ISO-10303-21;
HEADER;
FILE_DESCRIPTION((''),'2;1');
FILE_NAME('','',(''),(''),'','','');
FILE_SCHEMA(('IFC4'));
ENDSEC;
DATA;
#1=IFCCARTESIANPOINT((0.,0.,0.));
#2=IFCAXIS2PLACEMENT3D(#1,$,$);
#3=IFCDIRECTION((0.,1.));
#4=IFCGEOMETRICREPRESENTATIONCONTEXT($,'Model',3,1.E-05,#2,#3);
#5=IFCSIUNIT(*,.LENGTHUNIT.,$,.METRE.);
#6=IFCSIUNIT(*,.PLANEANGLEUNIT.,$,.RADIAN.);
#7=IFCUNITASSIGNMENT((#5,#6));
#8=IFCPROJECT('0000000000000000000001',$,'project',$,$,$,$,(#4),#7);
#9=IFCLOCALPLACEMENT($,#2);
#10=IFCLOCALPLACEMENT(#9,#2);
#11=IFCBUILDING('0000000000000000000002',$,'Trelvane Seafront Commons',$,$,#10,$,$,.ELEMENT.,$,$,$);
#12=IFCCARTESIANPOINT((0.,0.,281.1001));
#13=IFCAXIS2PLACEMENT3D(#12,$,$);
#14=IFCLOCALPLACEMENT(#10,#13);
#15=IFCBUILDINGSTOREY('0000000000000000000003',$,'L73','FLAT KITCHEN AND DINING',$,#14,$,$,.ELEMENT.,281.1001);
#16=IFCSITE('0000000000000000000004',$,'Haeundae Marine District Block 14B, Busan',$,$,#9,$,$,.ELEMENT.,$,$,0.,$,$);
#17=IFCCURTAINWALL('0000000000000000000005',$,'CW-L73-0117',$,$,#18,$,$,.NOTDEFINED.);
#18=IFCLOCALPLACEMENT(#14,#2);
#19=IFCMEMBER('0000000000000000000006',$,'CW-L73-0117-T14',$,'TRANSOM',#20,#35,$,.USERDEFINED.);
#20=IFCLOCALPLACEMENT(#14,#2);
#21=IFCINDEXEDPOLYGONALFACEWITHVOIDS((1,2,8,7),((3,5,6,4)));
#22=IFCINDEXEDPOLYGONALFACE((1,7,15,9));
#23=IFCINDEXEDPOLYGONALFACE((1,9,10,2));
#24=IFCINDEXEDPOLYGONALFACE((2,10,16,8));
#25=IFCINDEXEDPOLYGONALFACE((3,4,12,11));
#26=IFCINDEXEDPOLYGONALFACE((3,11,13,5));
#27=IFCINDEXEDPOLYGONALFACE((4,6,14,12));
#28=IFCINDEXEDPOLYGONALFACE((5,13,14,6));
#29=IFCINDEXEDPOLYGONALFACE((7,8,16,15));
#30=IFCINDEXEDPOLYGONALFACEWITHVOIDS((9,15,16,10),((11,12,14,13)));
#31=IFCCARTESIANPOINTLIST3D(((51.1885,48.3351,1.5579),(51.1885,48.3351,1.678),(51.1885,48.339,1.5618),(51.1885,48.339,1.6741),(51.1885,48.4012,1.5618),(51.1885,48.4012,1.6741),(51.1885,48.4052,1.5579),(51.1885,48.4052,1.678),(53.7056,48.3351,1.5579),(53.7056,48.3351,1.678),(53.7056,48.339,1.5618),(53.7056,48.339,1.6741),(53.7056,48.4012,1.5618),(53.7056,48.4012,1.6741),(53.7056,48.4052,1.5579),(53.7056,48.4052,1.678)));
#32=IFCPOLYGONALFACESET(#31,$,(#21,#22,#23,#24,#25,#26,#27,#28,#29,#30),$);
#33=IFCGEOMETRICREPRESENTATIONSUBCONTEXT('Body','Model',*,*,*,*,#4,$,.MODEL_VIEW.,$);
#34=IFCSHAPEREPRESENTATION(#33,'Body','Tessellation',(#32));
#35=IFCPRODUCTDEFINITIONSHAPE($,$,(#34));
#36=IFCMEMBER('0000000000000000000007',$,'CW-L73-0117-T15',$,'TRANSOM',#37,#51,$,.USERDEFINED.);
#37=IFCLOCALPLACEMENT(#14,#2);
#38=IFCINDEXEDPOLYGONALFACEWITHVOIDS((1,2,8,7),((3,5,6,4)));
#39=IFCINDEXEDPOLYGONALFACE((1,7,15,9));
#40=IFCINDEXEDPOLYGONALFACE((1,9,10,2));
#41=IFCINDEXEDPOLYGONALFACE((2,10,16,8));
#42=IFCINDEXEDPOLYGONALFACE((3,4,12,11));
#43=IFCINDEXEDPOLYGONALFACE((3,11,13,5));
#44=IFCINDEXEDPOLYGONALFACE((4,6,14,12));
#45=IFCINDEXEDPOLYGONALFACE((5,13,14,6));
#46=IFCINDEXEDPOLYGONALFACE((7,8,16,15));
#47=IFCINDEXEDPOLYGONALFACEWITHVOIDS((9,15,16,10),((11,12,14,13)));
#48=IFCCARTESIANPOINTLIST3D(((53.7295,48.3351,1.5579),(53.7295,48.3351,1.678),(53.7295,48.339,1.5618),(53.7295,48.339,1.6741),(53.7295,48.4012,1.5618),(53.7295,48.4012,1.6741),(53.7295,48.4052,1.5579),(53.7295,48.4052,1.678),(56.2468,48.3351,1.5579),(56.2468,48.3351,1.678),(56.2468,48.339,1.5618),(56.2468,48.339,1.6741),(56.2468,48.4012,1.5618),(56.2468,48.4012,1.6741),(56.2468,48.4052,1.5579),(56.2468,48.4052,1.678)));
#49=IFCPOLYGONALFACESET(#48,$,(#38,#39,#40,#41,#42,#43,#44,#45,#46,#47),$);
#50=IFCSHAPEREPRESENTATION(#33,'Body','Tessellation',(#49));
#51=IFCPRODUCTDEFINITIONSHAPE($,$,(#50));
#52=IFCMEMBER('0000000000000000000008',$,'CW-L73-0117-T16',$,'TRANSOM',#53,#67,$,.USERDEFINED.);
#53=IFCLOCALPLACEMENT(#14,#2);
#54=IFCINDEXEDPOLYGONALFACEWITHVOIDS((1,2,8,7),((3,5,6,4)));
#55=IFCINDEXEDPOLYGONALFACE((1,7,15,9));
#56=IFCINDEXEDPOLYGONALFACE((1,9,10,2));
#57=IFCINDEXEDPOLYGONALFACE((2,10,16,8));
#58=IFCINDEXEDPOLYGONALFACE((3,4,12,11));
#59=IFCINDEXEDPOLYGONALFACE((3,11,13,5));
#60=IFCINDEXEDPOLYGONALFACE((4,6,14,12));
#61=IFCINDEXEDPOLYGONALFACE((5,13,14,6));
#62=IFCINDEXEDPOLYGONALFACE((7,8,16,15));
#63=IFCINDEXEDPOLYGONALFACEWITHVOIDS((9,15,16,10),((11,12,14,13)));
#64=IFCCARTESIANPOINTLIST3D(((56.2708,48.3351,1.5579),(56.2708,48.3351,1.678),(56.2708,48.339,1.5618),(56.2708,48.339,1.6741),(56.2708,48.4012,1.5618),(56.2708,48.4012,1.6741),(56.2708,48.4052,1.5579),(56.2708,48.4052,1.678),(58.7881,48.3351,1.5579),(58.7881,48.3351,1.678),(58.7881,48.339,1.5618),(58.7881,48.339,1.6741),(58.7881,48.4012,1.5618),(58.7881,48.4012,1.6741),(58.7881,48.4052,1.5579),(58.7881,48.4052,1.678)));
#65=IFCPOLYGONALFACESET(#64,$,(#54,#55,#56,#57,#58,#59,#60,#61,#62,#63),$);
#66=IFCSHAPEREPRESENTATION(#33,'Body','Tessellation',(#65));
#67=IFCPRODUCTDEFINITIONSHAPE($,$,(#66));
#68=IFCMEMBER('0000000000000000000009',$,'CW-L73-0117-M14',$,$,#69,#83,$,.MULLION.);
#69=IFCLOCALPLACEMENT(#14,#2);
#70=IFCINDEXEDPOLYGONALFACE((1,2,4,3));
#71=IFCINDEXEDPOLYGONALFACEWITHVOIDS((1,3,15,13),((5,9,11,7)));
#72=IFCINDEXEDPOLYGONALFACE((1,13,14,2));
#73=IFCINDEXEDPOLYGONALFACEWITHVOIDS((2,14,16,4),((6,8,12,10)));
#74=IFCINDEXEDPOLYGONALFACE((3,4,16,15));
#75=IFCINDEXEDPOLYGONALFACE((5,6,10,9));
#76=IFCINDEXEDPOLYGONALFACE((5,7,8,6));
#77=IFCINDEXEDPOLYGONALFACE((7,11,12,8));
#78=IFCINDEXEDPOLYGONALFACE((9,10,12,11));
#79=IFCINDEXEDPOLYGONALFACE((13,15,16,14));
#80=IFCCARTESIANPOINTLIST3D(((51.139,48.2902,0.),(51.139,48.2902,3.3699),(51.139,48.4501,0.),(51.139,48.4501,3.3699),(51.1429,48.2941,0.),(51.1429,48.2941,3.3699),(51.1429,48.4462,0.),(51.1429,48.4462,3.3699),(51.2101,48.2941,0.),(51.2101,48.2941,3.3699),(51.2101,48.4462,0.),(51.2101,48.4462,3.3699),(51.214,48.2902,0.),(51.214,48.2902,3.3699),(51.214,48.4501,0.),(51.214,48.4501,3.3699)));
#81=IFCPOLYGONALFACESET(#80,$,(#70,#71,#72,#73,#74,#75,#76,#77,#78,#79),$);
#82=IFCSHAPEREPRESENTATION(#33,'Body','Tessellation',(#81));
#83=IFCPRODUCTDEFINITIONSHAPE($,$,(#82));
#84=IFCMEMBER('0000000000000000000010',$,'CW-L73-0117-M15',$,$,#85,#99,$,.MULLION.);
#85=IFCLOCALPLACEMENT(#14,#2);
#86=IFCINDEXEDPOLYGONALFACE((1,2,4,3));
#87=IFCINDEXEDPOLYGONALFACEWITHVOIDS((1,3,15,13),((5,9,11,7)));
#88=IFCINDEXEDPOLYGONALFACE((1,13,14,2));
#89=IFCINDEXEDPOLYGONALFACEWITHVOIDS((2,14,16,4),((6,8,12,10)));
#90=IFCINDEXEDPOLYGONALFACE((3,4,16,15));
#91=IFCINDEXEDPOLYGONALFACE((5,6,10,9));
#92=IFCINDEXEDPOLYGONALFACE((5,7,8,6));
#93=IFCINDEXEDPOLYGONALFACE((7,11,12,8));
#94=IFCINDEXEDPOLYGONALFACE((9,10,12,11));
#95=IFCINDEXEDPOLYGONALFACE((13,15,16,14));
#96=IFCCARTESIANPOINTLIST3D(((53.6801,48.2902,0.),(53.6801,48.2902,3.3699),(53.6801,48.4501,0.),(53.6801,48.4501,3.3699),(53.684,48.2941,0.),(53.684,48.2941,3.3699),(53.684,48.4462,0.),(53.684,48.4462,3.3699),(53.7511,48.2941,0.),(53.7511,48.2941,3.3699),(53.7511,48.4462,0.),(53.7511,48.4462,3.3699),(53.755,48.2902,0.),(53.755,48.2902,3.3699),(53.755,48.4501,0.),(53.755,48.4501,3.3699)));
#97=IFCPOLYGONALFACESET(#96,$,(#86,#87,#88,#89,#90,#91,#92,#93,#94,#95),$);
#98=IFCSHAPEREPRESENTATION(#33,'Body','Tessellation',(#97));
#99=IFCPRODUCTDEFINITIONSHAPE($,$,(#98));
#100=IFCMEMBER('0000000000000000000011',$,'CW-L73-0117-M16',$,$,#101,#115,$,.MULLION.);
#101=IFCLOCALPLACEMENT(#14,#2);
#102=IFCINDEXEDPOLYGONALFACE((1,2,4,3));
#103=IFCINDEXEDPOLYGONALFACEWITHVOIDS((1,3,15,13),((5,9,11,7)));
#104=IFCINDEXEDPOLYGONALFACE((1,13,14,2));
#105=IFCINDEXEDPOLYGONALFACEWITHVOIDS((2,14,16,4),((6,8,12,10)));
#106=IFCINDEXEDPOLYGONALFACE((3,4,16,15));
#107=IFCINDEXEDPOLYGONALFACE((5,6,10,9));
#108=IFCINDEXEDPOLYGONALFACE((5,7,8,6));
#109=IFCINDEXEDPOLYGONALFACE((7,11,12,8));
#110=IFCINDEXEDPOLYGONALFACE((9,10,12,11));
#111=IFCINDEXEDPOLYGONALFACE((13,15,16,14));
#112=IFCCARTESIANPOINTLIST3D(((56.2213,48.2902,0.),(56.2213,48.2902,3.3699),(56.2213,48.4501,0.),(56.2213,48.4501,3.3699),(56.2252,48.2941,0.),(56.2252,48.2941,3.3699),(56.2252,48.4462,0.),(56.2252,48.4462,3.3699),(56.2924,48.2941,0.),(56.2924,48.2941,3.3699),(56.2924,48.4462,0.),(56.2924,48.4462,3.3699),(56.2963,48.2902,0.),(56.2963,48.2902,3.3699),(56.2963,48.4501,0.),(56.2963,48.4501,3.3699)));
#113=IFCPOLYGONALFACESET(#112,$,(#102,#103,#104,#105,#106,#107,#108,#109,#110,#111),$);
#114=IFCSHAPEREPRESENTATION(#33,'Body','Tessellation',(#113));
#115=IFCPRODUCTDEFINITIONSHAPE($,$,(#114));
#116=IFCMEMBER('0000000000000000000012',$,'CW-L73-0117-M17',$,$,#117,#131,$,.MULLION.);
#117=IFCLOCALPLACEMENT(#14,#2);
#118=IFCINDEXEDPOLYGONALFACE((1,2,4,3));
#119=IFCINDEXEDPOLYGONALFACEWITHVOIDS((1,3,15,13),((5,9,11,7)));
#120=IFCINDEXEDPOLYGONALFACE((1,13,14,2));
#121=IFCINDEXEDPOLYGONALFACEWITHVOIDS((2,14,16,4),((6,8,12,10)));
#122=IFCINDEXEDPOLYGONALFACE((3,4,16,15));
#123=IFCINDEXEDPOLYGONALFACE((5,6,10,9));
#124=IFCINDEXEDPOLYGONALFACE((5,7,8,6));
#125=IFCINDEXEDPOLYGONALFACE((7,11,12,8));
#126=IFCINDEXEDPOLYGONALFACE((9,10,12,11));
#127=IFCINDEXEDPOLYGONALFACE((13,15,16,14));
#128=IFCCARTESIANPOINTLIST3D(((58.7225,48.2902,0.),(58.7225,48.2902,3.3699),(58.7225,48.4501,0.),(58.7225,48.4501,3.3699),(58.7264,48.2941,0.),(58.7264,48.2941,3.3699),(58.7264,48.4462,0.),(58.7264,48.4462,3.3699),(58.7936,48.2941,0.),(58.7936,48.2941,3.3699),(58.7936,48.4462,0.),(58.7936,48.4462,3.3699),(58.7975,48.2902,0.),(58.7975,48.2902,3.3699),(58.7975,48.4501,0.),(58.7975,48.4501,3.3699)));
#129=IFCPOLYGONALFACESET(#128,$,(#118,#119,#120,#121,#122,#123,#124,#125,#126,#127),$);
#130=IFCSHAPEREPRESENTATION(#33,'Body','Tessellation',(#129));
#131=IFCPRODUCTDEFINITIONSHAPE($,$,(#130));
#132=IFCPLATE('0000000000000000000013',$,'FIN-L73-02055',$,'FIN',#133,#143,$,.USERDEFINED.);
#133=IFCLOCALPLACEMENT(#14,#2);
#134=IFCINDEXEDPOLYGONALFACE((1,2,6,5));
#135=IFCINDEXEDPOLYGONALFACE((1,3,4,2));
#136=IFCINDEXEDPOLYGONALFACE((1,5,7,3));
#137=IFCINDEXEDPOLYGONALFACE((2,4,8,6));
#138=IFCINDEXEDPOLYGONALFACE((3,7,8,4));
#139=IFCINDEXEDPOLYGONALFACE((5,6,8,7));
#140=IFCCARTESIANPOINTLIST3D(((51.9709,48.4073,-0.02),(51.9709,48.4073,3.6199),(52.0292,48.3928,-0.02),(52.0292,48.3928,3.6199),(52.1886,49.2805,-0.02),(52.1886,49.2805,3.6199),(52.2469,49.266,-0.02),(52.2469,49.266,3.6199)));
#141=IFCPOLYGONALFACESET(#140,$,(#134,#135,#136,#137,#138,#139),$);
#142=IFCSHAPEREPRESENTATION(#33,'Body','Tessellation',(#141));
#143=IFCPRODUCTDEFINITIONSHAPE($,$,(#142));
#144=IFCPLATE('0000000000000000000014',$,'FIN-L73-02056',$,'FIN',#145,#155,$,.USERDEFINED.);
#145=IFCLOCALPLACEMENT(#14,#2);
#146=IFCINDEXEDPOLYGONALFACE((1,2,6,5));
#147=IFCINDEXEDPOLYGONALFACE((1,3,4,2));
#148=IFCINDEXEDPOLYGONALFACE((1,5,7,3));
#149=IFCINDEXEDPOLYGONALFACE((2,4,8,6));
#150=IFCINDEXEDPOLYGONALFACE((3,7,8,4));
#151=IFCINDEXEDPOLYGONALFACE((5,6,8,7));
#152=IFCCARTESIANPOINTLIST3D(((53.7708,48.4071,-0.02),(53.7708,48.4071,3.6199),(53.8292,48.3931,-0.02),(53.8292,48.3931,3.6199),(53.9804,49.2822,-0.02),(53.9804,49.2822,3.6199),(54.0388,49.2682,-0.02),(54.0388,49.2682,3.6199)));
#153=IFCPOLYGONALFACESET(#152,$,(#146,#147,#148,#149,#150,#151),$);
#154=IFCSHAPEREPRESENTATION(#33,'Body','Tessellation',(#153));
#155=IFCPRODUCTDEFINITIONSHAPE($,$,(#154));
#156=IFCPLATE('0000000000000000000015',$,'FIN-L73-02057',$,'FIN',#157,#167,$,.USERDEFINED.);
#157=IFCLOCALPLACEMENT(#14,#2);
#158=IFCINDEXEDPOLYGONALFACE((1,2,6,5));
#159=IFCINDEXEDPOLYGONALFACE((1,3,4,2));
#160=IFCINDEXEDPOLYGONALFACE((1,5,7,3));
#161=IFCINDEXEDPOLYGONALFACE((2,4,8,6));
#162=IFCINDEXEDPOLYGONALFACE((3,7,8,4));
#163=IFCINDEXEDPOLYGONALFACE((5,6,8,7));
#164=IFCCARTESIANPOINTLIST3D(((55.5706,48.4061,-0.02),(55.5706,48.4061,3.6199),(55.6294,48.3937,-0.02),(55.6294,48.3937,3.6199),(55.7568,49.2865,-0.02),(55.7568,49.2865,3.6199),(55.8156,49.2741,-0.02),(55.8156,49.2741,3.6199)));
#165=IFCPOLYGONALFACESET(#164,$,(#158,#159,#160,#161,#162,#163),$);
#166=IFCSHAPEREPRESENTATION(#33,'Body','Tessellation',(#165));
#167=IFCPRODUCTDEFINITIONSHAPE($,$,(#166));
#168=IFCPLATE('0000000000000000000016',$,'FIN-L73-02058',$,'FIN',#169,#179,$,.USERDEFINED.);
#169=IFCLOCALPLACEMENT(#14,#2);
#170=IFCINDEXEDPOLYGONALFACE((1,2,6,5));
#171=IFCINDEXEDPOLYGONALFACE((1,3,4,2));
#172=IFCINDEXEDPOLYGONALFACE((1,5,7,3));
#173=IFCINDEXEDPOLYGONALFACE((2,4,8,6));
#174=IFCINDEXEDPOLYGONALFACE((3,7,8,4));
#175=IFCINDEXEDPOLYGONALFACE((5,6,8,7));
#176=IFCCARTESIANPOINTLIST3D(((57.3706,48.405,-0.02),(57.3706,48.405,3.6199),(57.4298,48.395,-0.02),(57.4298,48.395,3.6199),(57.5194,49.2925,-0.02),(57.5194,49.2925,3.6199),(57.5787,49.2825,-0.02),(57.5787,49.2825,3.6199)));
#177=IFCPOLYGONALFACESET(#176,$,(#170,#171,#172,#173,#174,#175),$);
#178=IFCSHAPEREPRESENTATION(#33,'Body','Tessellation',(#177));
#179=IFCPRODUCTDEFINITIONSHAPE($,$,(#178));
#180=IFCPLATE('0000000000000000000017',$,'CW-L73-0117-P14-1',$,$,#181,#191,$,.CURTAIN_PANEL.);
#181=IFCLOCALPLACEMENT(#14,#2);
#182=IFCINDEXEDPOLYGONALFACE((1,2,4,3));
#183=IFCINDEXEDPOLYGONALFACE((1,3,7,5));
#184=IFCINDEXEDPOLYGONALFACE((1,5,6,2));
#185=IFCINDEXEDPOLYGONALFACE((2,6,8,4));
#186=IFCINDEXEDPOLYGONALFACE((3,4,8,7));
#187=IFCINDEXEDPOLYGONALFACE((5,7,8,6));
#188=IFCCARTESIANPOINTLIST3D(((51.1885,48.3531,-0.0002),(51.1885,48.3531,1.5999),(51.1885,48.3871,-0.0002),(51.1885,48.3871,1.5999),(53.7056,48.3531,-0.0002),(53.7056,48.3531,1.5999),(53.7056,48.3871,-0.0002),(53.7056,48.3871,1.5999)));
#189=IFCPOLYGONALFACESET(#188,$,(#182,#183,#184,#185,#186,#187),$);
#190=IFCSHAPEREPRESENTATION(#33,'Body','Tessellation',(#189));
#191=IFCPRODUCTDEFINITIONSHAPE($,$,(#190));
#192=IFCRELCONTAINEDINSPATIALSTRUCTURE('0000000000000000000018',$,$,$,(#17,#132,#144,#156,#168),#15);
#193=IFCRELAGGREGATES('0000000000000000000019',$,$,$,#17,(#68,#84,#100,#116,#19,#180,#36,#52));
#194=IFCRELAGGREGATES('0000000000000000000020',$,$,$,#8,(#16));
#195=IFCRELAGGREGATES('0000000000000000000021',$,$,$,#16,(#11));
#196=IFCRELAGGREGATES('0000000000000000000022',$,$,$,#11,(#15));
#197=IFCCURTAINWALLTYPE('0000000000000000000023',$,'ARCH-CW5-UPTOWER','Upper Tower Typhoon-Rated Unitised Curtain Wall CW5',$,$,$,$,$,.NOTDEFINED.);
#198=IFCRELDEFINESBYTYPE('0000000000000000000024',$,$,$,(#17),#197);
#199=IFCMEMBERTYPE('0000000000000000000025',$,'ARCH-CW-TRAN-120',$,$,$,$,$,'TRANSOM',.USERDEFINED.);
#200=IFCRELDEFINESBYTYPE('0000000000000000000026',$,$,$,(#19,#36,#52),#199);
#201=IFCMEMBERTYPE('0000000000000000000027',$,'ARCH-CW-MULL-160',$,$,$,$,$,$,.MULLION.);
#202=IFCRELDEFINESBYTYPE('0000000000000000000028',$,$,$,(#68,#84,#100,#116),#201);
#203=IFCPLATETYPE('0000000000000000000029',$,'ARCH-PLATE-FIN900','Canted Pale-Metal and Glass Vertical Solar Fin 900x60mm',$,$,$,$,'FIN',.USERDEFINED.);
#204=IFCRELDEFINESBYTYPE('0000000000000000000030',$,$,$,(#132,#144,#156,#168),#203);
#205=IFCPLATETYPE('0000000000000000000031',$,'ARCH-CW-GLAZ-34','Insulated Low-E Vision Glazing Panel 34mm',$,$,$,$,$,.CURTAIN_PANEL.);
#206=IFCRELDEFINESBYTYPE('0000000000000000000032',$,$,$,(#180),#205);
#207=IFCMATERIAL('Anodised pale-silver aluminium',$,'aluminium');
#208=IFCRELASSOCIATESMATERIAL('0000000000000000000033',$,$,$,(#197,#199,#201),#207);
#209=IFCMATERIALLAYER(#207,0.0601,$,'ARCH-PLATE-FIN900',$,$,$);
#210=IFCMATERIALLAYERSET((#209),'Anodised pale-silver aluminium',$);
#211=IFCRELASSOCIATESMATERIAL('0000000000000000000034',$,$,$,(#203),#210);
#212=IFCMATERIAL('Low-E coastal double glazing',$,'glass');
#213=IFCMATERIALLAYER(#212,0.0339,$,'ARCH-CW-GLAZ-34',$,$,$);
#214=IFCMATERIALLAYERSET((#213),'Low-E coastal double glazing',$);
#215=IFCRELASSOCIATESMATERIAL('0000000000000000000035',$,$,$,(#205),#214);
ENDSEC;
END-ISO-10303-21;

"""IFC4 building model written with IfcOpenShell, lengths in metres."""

from ifc_helpers import new_model, si_unit, direction, frame, origin, origin_2d, place, context, subcontext, project, spatial, rectangle, hollow_rectangle, extrude, source, transform, mapped, material, layer, layer_set, material_profile, profile_set, type_object, element, aggregate, save


model = new_model("IFC4")

# Units and contexts
model_context = context("Model", 3, precision=1e-05, world=origin(), true_north=direction((0.0, 1.0)))
body_context = subcontext(model_context, "Body", "Model", "MODEL_VIEW")
ifc_project = project(units=[si_unit("LENGTHUNIT", "METRE"), si_unit("PLANEANGLEUNIT", "RADIAN")], contexts=[model_context])

# Site, building, storey
site_placement = place(None, origin())
site = spatial("IfcSite", under=ifc_project, at=site_placement, Name="Haeundae Marine District Block 14B, Busan", CompositionType="ELEMENT", RefElevation=0.0)
building_placement = place(site_placement, origin())
building = spatial("IfcBuilding", under=site, at=building_placement, Name="Trelvane Seafront Commons", CompositionType="ELEMENT")
storey_placement = place(building_placement, frame((0.0, 0.0, 281.1001)))
storey = spatial("IfcBuildingStorey", under=building, at=storey_placement, Name="L73", Description="FLAT KITCHEN AND DINING", CompositionType="ELEMENT", Elevation=281.1001)

# Curtain wall, members
ifc_material_1 = material(Name="Anodised pale-silver aluminium", Category="aluminium")
curtain_wall_type = type_object("IfcCurtainWallType", Name="ARCH-CW5-UPTOWER", Description="Upper Tower Typhoon-Rated Unitised Curtain Wall CW5", PredefinedType="NOTDEFINED", material=ifc_material_1)
curtain_wall_placement = place(storey_placement, origin())
curtain_wall = element("IfcCurtainWall", 1, at=curtain_wall_placement, inside=storey, type_object=curtain_wall_type, Name="CW-L73-0117", PredefinedType="NOTDEFINED")
ifc_material_profile_1 = material_profile(ifc_material_1, hollow_rectangle(XDim=0.0701, YDim=0.1201, WallThickness=0.0039, at=origin_2d()), Name="TRAN-70x120x4")
ifc_profile_set_1 = profile_set([ifc_material_profile_1], Name="Anodised pale-silver aluminium")
member_type_1 = type_object("IfcMemberType", Name="ARCH-CW-TRAN-120", ElementType="TRANSOM", PredefinedType="USERDEFINED", material=ifc_profile_set_1)
shared_shape_1 = source(origin(), body_context, "Body", "SweptSolid", [
    extrude(hollow_rectangle(XDim=0.0701, YDim=0.1201, WallThickness=0.0039, at=origin_2d()), origin(), (0.0, 0.0, 1.0), 2.5171),
])
member_1_placement = place(storey_placement, frame((51.1885, 48.3701, 1.6179), z_axis=(1.0, 0.0, 0.0), x_axis=(0.0, 1.0, 0.0)))
member_1 = element("IfcMember", 2, at=member_1_placement, type_object=member_type_1, Name="CW-L73-0117-T14", ObjectType="TRANSOM", PredefinedType="USERDEFINED", context=body_context, shape_type="MappedRepresentation", body=[
    mapped(shared_shape_1, transform((0.0, 0.0, 0.0), x_axis=(1.0, 0.0, 0.0), y_axis=(0.0, 1.0, 0.0), z_axis=(0.0, 0.0, 1.0), scale=1.0)),
])
shared_shape_2 = source(origin(), body_context, "Body", "SweptSolid", [
    extrude(hollow_rectangle(XDim=0.0701, YDim=0.1201, WallThickness=0.0039, at=origin_2d()), origin(), (0.0, 0.0, 1.0), 2.5173),
])
member_2_placement = place(storey_placement, frame((53.7295, 48.3701, 1.6179), z_axis=(1.0, 0.0, 0.0), x_axis=(0.0, 1.0, 0.0)))
member_2 = element("IfcMember", 3, at=member_2_placement, type_object=member_type_1, Name="CW-L73-0117-T15", ObjectType="TRANSOM", PredefinedType="USERDEFINED", context=body_context, shape_type="MappedRepresentation", body=[
    mapped(shared_shape_2, transform((0.0, 0.0, 0.0), x_axis=(1.0, 0.0, 0.0), y_axis=(0.0, 1.0, 0.0), z_axis=(0.0, 0.0, 1.0), scale=1.0)),
])
member_3_placement = place(storey_placement, frame((56.2708, 48.3701, 1.6179), z_axis=(1.0, 0.0, 0.0), x_axis=(0.0, 1.0, 0.0)))
member_3 = element("IfcMember", 4, at=member_3_placement, type_object=member_type_1, Name="CW-L73-0117-T16", ObjectType="TRANSOM", PredefinedType="USERDEFINED", context=body_context, shape_type="MappedRepresentation", body=[
    mapped(shared_shape_2, transform((0.0, 0.0, 0.0), x_axis=(1.0, 0.0, 0.0), y_axis=(0.0, 1.0, 0.0), z_axis=(0.0, 0.0, 1.0), scale=1.0)),
])
ifc_material_profile_2 = material_profile(ifc_material_1, hollow_rectangle(XDim=0.075, YDim=0.1599, WallThickness=0.0039, at=origin_2d()), Name="MULL-75x160x4")
ifc_profile_set_2 = profile_set([ifc_material_profile_2], Name="Anodised pale-silver aluminium")
member_type_2 = type_object("IfcMemberType", Name="ARCH-CW-MULL-160", PredefinedType="MULLION", material=ifc_profile_set_2)
shared_shape_3 = source(origin(), body_context, "Body", "SweptSolid", [
    extrude(hollow_rectangle(XDim=0.075, YDim=0.1599, WallThickness=0.0039, at=origin_2d()), origin(), (0.0, 0.0, 1.0), 3.3699),
])
member_4_placement = place(storey_placement, frame((51.1765, 48.3701, 0.0), z_axis=(0.0, 0.0, 1.0), x_axis=(1.0, 0.0, 0.0)))
member_4 = element("IfcMember", 5, at=member_4_placement, type_object=member_type_2, Name="CW-L73-0117-M14", PredefinedType="MULLION", context=body_context, shape_type="MappedRepresentation", body=[
    mapped(shared_shape_3, transform((0.0, 0.0, 0.0), x_axis=(1.0, 0.0, 0.0), y_axis=(0.0, 1.0, 0.0), z_axis=(0.0, 0.0, 1.0), scale=1.0)),
])
member_5_placement = place(storey_placement, frame((53.7175, 48.3701, 0.0), z_axis=(0.0, 0.0, 1.0), x_axis=(1.0, 0.0, 0.0)))
member_5 = element("IfcMember", 6, at=member_5_placement, type_object=member_type_2, Name="CW-L73-0117-M15", PredefinedType="MULLION", context=body_context, shape_type="MappedRepresentation", body=[
    mapped(shared_shape_3, transform((0.0, 0.0, 0.0), x_axis=(1.0, 0.0, 0.0), y_axis=(0.0, 1.0, 0.0), z_axis=(0.0, 0.0, 1.0), scale=1.0)),
])
member_6_placement = place(storey_placement, frame((56.2588, 48.3701, 0.0), z_axis=(0.0, 0.0, 1.0), x_axis=(1.0, 0.0, 0.0)))
member_6 = element("IfcMember", 7, at=member_6_placement, type_object=member_type_2, Name="CW-L73-0117-M16", PredefinedType="MULLION", context=body_context, shape_type="MappedRepresentation", body=[
    mapped(shared_shape_3, transform((0.0, 0.0, 0.0), x_axis=(1.0, 0.0, 0.0), y_axis=(0.0, 1.0, 0.0), z_axis=(0.0, 0.0, 1.0), scale=1.0)),
])
member_7_placement = place(storey_placement, frame((58.76, 48.3701, 0.0), z_axis=(0.0, 0.0, 1.0), x_axis=(1.0, 0.0, 0.0)))
member_7 = element("IfcMember", 8, at=member_7_placement, type_object=member_type_2, Name="CW-L73-0117-M17", PredefinedType="MULLION", context=body_context, shape_type="MappedRepresentation", body=[
    mapped(shared_shape_3, transform((0.0, 0.0, 0.0), x_axis=(1.0, 0.0, 0.0), y_axis=(0.0, 1.0, 0.0), z_axis=(0.0, 0.0, 1.0), scale=1.0)),
])

# Plates
ifc_layer_1 = layer(ifc_material_1, 0.0601, Name="ARCH-PLATE-FIN900")
ifc_layer_set_1 = layer_set([ifc_layer_1], Name="Anodised pale-silver aluminium")
plate_type_1 = type_object("IfcPlateType", Name="ARCH-PLATE-FIN900", Description="Canted Pale-Metal and Glass Vertical Solar Fin 900x60mm", ElementType="FIN", PredefinedType="USERDEFINED", material=ifc_layer_set_1)
shared_shape_4 = source(origin(), body_context, "Body", "SweptSolid", [
    extrude(rectangle(XDim=0.8999, YDim=0.0601, at=origin_2d()), origin(), (0.0, 0.0, 1.0), 3.6399),
])
for number, where, z_axis, x_axis, name in (
    (9, (52.1089, 48.8367, -0.02), (0.0, 0.0, 1.0), (0.241881, 0.970306, 0.0), "FIN-L73-02055"),
    (10, (53.9048, 48.8376, -0.02), (0.0, 0.0, 1.0), (0.232902, 0.9725, 0.0), "FIN-L73-02056"),
    (11, (55.6931, 48.8401, -0.02), (0.0, 0.0, 1.0), (0.206896, 0.978363, 0.0), "FIN-L73-02057"),
    (12, (57.4746, 48.8438, -0.02), (0.0, 0.0, 1.0), (0.165444, 0.986219, 0.0), "FIN-L73-02058"),
):
    element("IfcPlate", number, at=place(storey_placement, frame(where, z_axis=z_axis, x_axis=x_axis)), inside=storey, type_object=plate_type_1, Name=name, ObjectType="FIN", PredefinedType="USERDEFINED", context=body_context, shape_type="MappedRepresentation", body=[
        mapped(shared_shape_4, transform((0.0, 0.0, 0.0), x_axis=(1.0, 0.0, 0.0), y_axis=(0.0, 1.0, 0.0), z_axis=(0.0, 0.0, 1.0), scale=1.0)),
    ])

# Plate
ifc_material_2 = material(Name="Low-E coastal double glazing", Category="glass")
ifc_layer_2 = layer(ifc_material_2, 0.0339, Name="ARCH-CW-GLAZ-34")
ifc_layer_set_2 = layer_set([ifc_layer_2], Name="Low-E coastal double glazing")
plate_type_2 = type_object("IfcPlateType", Name="ARCH-CW-GLAZ-34", Description="Insulated Low-E Vision Glazing Panel 34mm", PredefinedType="CURTAIN_PANEL", material=ifc_layer_set_2)
shared_shape_5 = source(origin(), body_context, "Body", "SweptSolid", [
    extrude(rectangle(XDim=2.5171, YDim=0.0339, at=origin_2d()), origin(), (0.0, 0.0, 1.0), 1.6001),
])
plate_1_placement = place(storey_placement, frame((52.447, 48.3701, -0.0002), z_axis=(0.0, 0.0, 1.0), x_axis=(1.0, 0.0, 0.0)))
plate_1 = element("IfcPlate", 13, at=plate_1_placement, type_object=plate_type_2, Name="CW-L73-0117-P14-1", PredefinedType="CURTAIN_PANEL", context=body_context, shape_type="MappedRepresentation", body=[
    mapped(shared_shape_5, transform((0.0, 0.0, 0.0), x_axis=(1.0, 0.0, 0.0), y_axis=(0.0, 1.0, 0.0), z_axis=(0.0, 0.0, 1.0), scale=1.0)),
])
aggregate(curtain_wall, [member_4, member_5, member_6, member_7, member_1, plate_1, member_2, member_3])

save(model, "model.ifc")
